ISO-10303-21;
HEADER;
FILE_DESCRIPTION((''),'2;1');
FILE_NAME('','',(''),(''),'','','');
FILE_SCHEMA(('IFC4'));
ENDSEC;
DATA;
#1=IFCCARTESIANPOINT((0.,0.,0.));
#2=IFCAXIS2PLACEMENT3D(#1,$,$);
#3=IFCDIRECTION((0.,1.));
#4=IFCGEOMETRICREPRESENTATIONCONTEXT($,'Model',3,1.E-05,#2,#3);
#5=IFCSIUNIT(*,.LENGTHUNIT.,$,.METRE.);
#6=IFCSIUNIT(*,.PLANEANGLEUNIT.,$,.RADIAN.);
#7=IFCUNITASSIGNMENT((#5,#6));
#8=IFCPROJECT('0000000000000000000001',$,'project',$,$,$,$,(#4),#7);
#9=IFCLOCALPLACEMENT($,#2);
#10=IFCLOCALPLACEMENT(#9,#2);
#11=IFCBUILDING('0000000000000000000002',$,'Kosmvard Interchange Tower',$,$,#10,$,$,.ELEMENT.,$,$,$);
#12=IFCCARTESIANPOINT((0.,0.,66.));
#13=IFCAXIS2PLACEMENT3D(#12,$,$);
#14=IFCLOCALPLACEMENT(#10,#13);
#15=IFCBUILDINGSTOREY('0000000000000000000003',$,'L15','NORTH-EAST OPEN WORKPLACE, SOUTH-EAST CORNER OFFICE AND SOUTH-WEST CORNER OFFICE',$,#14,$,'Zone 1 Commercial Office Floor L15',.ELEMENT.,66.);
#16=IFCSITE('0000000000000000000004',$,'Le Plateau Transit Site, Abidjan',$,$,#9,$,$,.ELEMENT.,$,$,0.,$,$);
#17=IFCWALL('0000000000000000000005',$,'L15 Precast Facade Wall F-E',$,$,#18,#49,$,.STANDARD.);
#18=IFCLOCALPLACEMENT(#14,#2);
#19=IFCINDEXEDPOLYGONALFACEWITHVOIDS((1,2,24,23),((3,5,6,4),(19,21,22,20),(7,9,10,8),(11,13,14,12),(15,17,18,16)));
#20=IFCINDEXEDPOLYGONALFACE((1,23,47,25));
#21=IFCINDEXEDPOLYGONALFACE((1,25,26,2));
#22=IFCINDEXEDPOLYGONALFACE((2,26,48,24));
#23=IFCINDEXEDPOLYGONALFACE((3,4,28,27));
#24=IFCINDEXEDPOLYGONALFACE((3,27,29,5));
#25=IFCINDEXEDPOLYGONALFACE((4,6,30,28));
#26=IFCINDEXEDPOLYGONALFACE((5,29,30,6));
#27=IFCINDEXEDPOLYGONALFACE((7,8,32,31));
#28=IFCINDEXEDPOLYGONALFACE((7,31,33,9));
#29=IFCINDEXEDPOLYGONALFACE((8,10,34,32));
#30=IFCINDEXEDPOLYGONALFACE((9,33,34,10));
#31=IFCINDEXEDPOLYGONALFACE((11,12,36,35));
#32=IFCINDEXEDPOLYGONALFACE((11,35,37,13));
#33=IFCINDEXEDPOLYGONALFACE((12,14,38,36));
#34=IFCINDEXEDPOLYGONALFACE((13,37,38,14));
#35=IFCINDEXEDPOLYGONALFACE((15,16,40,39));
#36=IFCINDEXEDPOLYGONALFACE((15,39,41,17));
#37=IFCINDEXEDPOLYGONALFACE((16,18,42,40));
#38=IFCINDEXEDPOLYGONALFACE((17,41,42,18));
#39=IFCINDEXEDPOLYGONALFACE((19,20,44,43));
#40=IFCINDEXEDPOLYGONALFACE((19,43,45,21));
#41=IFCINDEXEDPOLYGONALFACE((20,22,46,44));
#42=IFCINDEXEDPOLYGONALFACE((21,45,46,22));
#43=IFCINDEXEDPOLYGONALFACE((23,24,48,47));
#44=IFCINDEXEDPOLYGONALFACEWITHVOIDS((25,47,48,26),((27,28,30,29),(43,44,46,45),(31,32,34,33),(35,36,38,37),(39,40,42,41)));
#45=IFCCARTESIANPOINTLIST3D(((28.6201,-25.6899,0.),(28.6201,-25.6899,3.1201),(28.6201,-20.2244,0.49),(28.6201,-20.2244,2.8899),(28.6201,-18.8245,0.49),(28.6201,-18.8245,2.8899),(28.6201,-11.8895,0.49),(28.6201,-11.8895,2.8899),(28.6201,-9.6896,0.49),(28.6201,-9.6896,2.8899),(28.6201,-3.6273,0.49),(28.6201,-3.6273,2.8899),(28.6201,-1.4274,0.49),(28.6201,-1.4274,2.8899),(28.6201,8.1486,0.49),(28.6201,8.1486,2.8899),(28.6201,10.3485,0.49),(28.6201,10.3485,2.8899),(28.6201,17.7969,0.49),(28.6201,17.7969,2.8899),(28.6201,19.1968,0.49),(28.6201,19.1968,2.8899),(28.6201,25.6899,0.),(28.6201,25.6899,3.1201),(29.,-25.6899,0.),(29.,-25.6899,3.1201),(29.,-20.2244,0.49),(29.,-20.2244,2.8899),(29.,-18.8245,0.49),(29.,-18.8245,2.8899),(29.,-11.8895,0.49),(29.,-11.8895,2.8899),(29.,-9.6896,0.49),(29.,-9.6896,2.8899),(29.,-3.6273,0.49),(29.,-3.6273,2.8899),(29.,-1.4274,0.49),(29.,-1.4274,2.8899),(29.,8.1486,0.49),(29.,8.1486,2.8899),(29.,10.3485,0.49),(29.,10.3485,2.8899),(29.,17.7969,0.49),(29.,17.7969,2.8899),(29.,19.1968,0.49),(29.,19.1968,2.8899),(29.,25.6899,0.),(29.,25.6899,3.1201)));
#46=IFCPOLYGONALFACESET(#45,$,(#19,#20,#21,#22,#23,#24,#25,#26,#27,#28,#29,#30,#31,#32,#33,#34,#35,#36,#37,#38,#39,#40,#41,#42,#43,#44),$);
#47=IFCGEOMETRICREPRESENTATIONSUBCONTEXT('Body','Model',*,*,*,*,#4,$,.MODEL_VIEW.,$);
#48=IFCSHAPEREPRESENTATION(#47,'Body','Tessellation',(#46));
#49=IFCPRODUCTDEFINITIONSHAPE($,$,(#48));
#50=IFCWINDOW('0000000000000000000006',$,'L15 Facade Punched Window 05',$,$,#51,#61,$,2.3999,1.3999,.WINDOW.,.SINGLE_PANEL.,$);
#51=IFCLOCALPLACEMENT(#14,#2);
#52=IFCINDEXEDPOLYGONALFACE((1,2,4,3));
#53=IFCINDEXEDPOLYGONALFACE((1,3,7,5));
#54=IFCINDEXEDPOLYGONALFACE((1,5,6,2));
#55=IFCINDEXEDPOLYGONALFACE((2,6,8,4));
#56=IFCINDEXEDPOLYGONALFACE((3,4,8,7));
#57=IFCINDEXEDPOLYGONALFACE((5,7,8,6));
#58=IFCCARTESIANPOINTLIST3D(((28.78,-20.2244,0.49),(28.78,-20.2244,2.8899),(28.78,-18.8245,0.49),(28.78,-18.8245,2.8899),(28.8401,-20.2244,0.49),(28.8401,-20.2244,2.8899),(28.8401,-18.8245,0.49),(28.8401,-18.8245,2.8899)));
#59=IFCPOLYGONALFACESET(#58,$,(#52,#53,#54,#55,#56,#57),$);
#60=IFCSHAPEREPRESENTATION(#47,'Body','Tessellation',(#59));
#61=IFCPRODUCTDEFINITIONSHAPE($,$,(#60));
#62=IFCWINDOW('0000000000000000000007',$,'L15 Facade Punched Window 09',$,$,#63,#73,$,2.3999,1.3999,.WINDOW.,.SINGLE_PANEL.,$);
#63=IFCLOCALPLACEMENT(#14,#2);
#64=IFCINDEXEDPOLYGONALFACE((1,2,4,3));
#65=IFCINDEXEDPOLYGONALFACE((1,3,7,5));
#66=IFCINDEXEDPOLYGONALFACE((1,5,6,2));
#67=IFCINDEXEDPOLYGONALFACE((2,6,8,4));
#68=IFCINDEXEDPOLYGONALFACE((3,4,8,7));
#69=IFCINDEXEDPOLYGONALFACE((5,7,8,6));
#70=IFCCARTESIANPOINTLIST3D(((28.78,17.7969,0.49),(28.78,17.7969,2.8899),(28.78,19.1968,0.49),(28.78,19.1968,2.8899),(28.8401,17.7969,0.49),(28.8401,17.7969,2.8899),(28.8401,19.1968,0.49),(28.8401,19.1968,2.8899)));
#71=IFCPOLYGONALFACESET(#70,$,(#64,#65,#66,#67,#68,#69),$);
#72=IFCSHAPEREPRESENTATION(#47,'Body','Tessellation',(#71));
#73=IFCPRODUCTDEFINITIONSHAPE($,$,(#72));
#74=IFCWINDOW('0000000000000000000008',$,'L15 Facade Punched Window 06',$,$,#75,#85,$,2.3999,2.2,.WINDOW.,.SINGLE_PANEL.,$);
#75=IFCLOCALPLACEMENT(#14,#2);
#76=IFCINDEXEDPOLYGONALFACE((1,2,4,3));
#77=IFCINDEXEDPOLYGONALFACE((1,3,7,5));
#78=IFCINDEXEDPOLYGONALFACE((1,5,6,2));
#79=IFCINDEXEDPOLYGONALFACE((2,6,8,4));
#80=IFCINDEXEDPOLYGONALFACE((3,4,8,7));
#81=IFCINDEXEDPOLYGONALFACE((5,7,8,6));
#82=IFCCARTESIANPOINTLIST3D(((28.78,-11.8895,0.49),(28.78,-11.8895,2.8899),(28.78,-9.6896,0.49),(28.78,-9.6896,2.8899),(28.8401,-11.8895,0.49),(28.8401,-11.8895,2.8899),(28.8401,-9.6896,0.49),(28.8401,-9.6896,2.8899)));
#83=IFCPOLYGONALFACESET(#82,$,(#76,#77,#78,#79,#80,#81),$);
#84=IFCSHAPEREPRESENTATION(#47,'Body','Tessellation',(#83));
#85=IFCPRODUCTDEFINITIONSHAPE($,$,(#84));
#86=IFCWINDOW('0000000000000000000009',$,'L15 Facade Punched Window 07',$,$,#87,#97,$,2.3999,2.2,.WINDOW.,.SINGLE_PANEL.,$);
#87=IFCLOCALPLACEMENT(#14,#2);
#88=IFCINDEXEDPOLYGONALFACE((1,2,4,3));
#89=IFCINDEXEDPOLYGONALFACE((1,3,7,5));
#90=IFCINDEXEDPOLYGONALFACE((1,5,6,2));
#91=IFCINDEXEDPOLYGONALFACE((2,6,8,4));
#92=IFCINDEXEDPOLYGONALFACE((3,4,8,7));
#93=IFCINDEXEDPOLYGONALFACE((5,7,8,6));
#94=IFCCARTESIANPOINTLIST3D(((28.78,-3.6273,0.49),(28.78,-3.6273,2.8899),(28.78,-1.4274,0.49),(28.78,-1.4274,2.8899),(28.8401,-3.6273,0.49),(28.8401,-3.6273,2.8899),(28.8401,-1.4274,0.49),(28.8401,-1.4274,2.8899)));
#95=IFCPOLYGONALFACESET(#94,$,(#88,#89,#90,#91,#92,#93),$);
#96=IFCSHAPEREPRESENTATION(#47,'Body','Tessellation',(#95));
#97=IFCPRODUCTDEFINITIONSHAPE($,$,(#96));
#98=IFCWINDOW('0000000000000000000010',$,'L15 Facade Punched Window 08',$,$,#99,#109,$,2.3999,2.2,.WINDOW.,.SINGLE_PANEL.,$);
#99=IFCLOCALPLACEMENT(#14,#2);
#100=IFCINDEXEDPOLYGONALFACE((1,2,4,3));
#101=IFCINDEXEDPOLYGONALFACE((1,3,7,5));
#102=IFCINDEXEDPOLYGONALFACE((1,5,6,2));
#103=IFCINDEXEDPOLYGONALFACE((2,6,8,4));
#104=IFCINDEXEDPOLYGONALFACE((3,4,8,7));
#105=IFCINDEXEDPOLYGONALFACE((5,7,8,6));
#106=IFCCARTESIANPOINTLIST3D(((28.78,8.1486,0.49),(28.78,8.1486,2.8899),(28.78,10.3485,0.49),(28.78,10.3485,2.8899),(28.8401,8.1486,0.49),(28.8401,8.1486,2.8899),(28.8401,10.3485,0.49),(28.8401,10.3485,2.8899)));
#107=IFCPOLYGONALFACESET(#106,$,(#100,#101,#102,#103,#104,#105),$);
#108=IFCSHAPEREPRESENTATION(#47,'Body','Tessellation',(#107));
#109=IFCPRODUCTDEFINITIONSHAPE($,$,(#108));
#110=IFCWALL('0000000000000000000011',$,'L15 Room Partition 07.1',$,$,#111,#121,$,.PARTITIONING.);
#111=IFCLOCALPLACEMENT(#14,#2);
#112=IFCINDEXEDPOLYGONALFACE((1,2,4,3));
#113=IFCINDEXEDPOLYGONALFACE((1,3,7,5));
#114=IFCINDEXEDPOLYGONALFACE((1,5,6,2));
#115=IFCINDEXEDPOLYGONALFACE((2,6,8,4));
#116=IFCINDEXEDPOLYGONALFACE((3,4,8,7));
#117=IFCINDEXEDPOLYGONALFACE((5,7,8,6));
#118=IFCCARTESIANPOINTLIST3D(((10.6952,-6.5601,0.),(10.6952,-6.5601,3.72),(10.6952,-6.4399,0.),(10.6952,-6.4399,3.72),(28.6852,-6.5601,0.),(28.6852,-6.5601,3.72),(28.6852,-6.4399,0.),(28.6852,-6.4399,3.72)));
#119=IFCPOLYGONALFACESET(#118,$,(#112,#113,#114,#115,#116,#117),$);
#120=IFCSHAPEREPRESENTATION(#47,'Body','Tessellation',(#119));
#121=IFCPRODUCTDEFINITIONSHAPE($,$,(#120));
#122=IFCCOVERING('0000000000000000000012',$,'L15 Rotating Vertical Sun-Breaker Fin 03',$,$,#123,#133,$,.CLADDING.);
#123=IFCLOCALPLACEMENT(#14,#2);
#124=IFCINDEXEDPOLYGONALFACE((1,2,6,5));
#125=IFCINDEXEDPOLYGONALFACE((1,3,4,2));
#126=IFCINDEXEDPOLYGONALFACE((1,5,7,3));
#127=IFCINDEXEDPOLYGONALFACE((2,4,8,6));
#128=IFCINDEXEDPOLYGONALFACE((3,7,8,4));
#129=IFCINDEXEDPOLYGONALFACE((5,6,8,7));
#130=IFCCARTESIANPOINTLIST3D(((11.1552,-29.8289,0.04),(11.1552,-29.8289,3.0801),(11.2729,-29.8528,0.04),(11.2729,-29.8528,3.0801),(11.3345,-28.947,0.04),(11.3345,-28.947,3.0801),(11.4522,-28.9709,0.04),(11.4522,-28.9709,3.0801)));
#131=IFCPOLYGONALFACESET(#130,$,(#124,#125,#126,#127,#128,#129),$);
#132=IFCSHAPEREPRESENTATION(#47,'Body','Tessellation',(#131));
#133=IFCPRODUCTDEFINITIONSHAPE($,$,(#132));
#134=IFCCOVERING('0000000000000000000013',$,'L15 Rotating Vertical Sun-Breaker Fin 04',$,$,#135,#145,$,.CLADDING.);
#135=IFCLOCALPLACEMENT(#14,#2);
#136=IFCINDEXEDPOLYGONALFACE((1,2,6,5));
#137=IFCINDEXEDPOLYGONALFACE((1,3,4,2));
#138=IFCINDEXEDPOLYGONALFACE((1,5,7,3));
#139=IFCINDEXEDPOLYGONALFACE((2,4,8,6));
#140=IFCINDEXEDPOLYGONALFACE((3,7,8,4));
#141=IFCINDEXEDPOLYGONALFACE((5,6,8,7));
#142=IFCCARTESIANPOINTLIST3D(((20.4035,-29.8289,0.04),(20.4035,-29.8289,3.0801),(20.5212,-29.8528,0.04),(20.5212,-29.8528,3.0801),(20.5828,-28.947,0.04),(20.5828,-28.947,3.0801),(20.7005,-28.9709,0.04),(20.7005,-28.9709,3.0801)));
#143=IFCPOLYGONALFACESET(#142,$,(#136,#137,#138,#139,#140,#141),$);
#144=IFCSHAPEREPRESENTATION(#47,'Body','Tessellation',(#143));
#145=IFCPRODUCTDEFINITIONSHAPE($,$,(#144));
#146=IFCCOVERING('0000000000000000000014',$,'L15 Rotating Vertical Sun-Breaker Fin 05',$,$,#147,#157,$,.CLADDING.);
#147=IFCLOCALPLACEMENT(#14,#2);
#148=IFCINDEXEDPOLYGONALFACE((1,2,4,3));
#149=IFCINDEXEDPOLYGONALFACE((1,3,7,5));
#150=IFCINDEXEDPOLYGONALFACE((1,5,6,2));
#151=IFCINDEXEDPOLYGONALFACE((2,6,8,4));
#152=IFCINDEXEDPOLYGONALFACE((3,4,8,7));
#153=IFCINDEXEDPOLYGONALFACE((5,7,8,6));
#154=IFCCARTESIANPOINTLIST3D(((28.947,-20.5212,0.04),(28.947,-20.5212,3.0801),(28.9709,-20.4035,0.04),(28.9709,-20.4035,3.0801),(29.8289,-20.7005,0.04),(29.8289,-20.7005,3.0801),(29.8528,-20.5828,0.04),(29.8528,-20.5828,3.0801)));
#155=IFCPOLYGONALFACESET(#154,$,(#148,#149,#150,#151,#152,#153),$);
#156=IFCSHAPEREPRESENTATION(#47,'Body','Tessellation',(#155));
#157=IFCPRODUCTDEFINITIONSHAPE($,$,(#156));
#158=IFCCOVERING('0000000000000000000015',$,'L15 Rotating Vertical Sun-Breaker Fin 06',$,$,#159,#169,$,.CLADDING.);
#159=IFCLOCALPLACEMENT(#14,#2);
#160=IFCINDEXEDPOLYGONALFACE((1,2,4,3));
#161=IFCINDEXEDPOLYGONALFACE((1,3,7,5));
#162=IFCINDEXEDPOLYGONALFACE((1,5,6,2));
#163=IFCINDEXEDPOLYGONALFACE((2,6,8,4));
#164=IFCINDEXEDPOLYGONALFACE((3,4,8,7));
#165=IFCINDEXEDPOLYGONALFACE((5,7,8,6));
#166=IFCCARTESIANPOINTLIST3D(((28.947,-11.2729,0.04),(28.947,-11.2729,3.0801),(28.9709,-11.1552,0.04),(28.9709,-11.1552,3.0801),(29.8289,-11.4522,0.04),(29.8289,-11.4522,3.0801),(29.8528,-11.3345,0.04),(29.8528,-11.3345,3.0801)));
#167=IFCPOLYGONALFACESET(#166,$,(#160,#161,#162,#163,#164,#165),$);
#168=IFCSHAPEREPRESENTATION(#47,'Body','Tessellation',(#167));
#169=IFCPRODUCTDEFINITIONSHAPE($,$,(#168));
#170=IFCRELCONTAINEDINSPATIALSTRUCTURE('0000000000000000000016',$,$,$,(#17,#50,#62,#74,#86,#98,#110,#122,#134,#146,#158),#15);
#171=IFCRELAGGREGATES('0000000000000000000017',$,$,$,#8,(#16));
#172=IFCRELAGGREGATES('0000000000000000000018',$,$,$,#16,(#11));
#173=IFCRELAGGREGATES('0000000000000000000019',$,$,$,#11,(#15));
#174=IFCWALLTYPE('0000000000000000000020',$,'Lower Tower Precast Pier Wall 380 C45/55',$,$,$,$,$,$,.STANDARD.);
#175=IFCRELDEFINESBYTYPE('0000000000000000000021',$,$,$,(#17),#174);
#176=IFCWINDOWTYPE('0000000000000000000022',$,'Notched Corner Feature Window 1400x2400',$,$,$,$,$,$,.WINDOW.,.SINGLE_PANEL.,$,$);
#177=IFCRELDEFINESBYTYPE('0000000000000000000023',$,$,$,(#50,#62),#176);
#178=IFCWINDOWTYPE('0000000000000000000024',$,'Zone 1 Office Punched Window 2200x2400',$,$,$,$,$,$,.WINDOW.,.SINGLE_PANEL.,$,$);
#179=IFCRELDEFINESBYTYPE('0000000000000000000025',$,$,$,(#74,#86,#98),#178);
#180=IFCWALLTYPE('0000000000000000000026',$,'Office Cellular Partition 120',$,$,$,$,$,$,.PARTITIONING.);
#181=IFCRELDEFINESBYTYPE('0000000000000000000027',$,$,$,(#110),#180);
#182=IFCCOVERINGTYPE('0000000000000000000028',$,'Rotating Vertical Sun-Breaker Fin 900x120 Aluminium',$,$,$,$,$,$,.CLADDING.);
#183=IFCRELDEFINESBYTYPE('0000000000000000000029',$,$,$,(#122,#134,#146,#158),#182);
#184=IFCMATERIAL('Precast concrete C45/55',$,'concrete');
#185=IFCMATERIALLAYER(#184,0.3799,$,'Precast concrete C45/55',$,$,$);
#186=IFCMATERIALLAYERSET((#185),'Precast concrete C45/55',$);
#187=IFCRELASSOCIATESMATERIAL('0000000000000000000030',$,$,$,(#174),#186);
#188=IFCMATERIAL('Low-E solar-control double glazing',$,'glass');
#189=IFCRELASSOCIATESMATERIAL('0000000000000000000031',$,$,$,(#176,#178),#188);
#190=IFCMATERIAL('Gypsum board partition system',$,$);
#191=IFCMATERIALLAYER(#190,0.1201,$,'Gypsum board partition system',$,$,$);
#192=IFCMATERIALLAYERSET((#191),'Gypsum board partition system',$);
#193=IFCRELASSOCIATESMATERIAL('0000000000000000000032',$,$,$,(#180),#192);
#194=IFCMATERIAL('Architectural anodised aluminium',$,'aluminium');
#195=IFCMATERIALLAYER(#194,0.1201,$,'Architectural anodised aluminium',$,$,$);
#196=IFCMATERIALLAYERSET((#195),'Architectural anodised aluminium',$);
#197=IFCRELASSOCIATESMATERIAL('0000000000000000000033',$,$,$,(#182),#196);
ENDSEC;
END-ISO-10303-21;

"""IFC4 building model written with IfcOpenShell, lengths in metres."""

from ifc_helpers import new_model, si_unit, direction, frame, frame_2d, origin, origin_2d, place, context, subcontext, project, spatial, rectangle, extrude, source, transform, mapped, material, layer, layer_set, type_object, element, fill, save


model = new_model("IFC4")

# Units and contexts
model_context = context("Model", 3, precision=1e-05, world=origin(), true_north=direction((0.0, 1.0)))
body_context = subcontext(model_context, "Body", "Model", "MODEL_VIEW")
ifc_project = project(units=[si_unit("LENGTHUNIT", "METRE"), si_unit("PLANEANGLEUNIT", "RADIAN")], contexts=[model_context])

# Site, building, storey
site_placement = place(None, origin())
site = spatial("IfcSite", under=ifc_project, at=site_placement, Name="Le Plateau Transit Site, Abidjan", CompositionType="ELEMENT", RefElevation=0.0)
building_placement = place(site_placement, origin())
building = spatial("IfcBuilding", under=site, at=building_placement, Name="Kosmvard Interchange Tower", CompositionType="ELEMENT")
storey_placement = place(building_placement, frame((0.0, 0.0, 66.0)))
storey = spatial("IfcBuildingStorey", under=building, at=storey_placement, Name="L15", Description="NORTH-EAST OPEN WORKPLACE, SOUTH-EAST CORNER OFFICE AND SOUTH-WEST CORNER OFFICE", LongName="Zone 1 Commercial Office Floor L15", CompositionType="ELEMENT", Elevation=66.0)

# Shared definitions
ifc_material_1 = material(Name="Precast concrete C45/55", Category="concrete")

# Shared definitions
ifc_layer_1 = layer(ifc_material_1, 0.3799, Name="Precast concrete C45/55")
ifc_layer_set_1 = layer_set([ifc_layer_1], Name="Precast concrete C45/55")
wall_type_1 = type_object("IfcWallType", Name="Lower Tower Precast Pier Wall 380 C45/55", PredefinedType="STANDARD", material=ifc_layer_set_1)

# Wall, openings, windows
wall_1_placement = place(storey_placement, frame((28.8101, -25.6899, 0.0), z_axis=(0.0, 0.0, 1.0), x_axis=(0.0, 1.0, 0.0)))
wall_1 = element("IfcWall", 1, at=wall_1_placement, inside=storey, type_object=wall_type_1, Name="L15 Precast Facade Wall F-E", PredefinedType="STANDARD", context=body_context, shape_type="SweptSolid", body=[
    extrude(rectangle(XDim=51.3799, YDim=0.3799, at=frame_2d((25.6899, 0.0))), origin(), (0.0, 0.0, 1.0), 3.1201),
])
opening_1_placement = place(wall_1_placement, frame((5.4656, 0.0, 0.49)))
opening_1 = element("IfcOpeningElement", 2, at=opening_1_placement, cuts=wall_1, PredefinedType="OPENING", context=body_context, shape_type="SweptSolid", body=[
    extrude(rectangle(XDim=1.3999, YDim=2.3999, at=frame_2d((0.7, 1.2))), frame((0.0, 0.2, 0.0), z_axis=(0.0, -1.0, 0.0), x_axis=(1.0, 0.0, 0.0)), (0.0, 0.0, 1.0), 0.3999),
])
opening_2_placement = place(wall_1_placement, frame((13.8003, 0.0, 0.49)))
opening_2 = element("IfcOpeningElement", 3, at=opening_2_placement, cuts=wall_1, PredefinedType="OPENING", context=body_context, shape_type="SweptSolid", body=[
    extrude(rectangle(XDim=2.2, YDim=2.3999, at=frame_2d((1.1001, 1.2))), frame((0.0, 0.2, 0.0), z_axis=(0.0, -1.0, 0.0), x_axis=(1.0, 0.0, 0.0)), (0.0, 0.0, 1.0), 0.3999),
])
opening_3_placement = place(wall_1_placement, frame((22.0625, 0.0, 0.49)))
opening_3 = element("IfcOpeningElement", 4, at=opening_3_placement, cuts=wall_1, PredefinedType="OPENING", context=body_context, shape_type="SweptSolid", body=[
    extrude(rectangle(XDim=2.2, YDim=2.3999, at=frame_2d((1.1001, 1.2))), frame((0.0, 0.2, 0.0), z_axis=(0.0, -1.0, 0.0), x_axis=(1.0, 0.0, 0.0)), (0.0, 0.0, 1.0), 0.3999),
])
opening_4_placement = place(wall_1_placement, frame((33.8384, 0.0, 0.49)))
opening_4 = element("IfcOpeningElement", 5, at=opening_4_placement, cuts=wall_1, PredefinedType="OPENING", context=body_context, shape_type="SweptSolid", body=[
    extrude(rectangle(XDim=2.2, YDim=2.3999, at=frame_2d((1.1001, 1.2))), frame((0.0, 0.2, 0.0), z_axis=(0.0, -1.0, 0.0), x_axis=(1.0, 0.0, 0.0)), (0.0, 0.0, 1.0), 0.3999),
])
opening_5_placement = place(wall_1_placement, frame((43.4868, 0.0, 0.49)))
opening_5 = element("IfcOpeningElement", 6, at=opening_5_placement, cuts=wall_1, PredefinedType="OPENING", context=body_context, shape_type="SweptSolid", body=[
    extrude(rectangle(XDim=1.3999, YDim=2.3999, at=frame_2d((0.7, 1.2))), frame((0.0, 0.2, 0.0), z_axis=(0.0, -1.0, 0.0), x_axis=(1.0, 0.0, 0.0)), (0.0, 0.0, 1.0), 0.3999),
])
ifc_material_2 = material(Name="Low-E solar-control double glazing", Category="glass")
window_type_1 = type_object("IfcWindowType", Name="Notched Corner Feature Window 1400x2400", PartitioningType="SINGLE_PANEL", PredefinedType="WINDOW", material=ifc_material_2)
shared_shape_1 = source(origin(), body_context, "Body", "SweptSolid", [
    extrude(rectangle(XDim=1.3999, YDim=2.3999, at=frame_2d((0.7, 1.2))), frame((0.0, 0.03, 0.0), z_axis=(0.0, -1.0, 0.0), x_axis=(1.0, 0.0, 0.0)), (0.0, 0.0, 1.0), 0.0601),
])
window_1_placement = place(opening_1_placement, origin())
window_1 = element("IfcWindow", 7, at=window_1_placement, inside=storey, type_object=window_type_1, Name="L15 Facade Punched Window 05", OverallHeight=2.3999, OverallWidth=1.3999, PartitioningType="SINGLE_PANEL", PredefinedType="WINDOW", context=body_context, shape_type="MappedRepresentation", body=[
    mapped(shared_shape_1, transform((0.0, 0.0, 0.0), scale=1.0)),
])
fill(opening_1, window_1)
window_2_placement = place(opening_5_placement, origin())
window_2 = element("IfcWindow", 8, at=window_2_placement, inside=storey, type_object=window_type_1, Name="L15 Facade Punched Window 09", OverallHeight=2.3999, OverallWidth=1.3999, PartitioningType="SINGLE_PANEL", PredefinedType="WINDOW", context=body_context, shape_type="MappedRepresentation", body=[
    mapped(shared_shape_1, transform((0.0, 0.0, 0.0), scale=1.0)),
])
fill(opening_5, window_2)
window_type_2 = type_object("IfcWindowType", Name="Zone 1 Office Punched Window 2200x2400", PartitioningType="SINGLE_PANEL", PredefinedType="WINDOW", material=ifc_material_2)
shared_shape_2 = source(origin(), body_context, "Body", "SweptSolid", [
    extrude(rectangle(XDim=2.2, YDim=2.3999, at=frame_2d((1.1001, 1.2))), frame((0.0, 0.03, 0.0), z_axis=(0.0, -1.0, 0.0), x_axis=(1.0, 0.0, 0.0)), (0.0, 0.0, 1.0), 0.0601),
])
window_3_placement = place(opening_2_placement, origin())
window_3 = element("IfcWindow", 9, at=window_3_placement, inside=storey, type_object=window_type_2, Name="L15 Facade Punched Window 06", OverallHeight=2.3999, OverallWidth=2.2, PartitioningType="SINGLE_PANEL", PredefinedType="WINDOW", context=body_context, shape_type="MappedRepresentation", body=[
    mapped(shared_shape_2, transform((0.0, 0.0, 0.0), scale=1.0)),
])
fill(opening_2, window_3)
window_4_placement = place(opening_3_placement, origin())
window_4 = element("IfcWindow", 10, at=window_4_placement, inside=storey, type_object=window_type_2, Name="L15 Facade Punched Window 07", OverallHeight=2.3999, OverallWidth=2.2, PartitioningType="SINGLE_PANEL", PredefinedType="WINDOW", context=body_context, shape_type="MappedRepresentation", body=[
    mapped(shared_shape_2, transform((0.0, 0.0, 0.0), scale=1.0)),
])
fill(opening_3, window_4)
window_5_placement = place(opening_4_placement, origin())
window_5 = element("IfcWindow", 11, at=window_5_placement, inside=storey, type_object=window_type_2, Name="L15 Facade Punched Window 08", OverallHeight=2.3999, OverallWidth=2.2, PartitioningType="SINGLE_PANEL", PredefinedType="WINDOW", context=body_context, shape_type="MappedRepresentation", body=[
    mapped(shared_shape_2, transform((0.0, 0.0, 0.0), scale=1.0)),
])
fill(opening_4, window_5)

# Wall
ifc_material_3 = material(Name="Gypsum board partition system")
ifc_layer_2 = layer(ifc_material_3, 0.1201, Name="Gypsum board partition system")
ifc_layer_set_2 = layer_set([ifc_layer_2], Name="Gypsum board partition system")
wall_type_2 = type_object("IfcWallType", Name="Office Cellular Partition 120", PredefinedType="PARTITIONING", material=ifc_layer_set_2)
wall_2_placement = place(storey_placement, frame((10.6951, -6.5, 0.0), z_axis=(0.0, 0.0, 1.0), x_axis=(1.0, 0.0, 0.0)))
element("IfcWall", 12, at=wall_2_placement, inside=storey, type_object=wall_type_2, Name="L15 Room Partition 07.1", PredefinedType="PARTITIONING", context=body_context, shape_type="SweptSolid", body=[
    extrude(rectangle(XDim=17.99, YDim=0.1201, at=frame_2d((8.9951, 0.0))), origin(), (0.0, 0.0, 1.0), 3.72),
])

# Coverings
ifc_material_4 = material(Name="Architectural anodised aluminium", Category="aluminium")
ifc_layer_3 = layer(ifc_material_4, 0.1201, Name="Architectural anodised aluminium")
ifc_layer_set_3 = layer_set([ifc_layer_3], Name="Architectural anodised aluminium")
covering_type = type_object("IfcCoveringType", Name="Rotating Vertical Sun-Breaker Fin 900x120 Aluminium", PredefinedType="CLADDING", material=ifc_layer_set_3)
shared_shape_3 = source(origin(), body_context, "Body", "SweptSolid", [
    extrude(rectangle(XDim=0.8999, YDim=0.1201, at=origin_2d()), origin(), (0.0, 0.0, 1.0), 3.04),
])
for number, where, z_axis, x_axis, name in (
    (13, (11.3037, -29.3999, 0.04), (0.0, 0.0, 1.0), (-0.199197, -0.979959, 0.0), "L15 Rotating Vertical Sun-Breaker Fin 03"),
    (14, (20.552, -29.3999, 0.04), (0.0, 0.0, 1.0), (-0.199197, -0.979959, 0.0), "L15 Rotating Vertical Sun-Breaker Fin 04"),
    (15, (29.3999, -20.552, 0.04), (0.0, 0.0, 1.0), (0.979959, -0.199197, 0.0), "L15 Rotating Vertical Sun-Breaker Fin 05"),
    (16, (29.3999, -11.3037, 0.04), (0.0, 0.0, 1.0), (0.979959, -0.199197, 0.0), "L15 Rotating Vertical Sun-Breaker Fin 06"),
):
    element("IfcCovering", number, at=place(storey_placement, frame(where, z_axis=z_axis, x_axis=x_axis)), inside=storey, type_object=covering_type, Name=name, PredefinedType="CLADDING", context=body_context, shape_type="MappedRepresentation", body=[
        mapped(shared_shape_3, transform((0.0, 0.0, 0.0), scale=1.0)),
    ])

save(model, "model.ifc")
